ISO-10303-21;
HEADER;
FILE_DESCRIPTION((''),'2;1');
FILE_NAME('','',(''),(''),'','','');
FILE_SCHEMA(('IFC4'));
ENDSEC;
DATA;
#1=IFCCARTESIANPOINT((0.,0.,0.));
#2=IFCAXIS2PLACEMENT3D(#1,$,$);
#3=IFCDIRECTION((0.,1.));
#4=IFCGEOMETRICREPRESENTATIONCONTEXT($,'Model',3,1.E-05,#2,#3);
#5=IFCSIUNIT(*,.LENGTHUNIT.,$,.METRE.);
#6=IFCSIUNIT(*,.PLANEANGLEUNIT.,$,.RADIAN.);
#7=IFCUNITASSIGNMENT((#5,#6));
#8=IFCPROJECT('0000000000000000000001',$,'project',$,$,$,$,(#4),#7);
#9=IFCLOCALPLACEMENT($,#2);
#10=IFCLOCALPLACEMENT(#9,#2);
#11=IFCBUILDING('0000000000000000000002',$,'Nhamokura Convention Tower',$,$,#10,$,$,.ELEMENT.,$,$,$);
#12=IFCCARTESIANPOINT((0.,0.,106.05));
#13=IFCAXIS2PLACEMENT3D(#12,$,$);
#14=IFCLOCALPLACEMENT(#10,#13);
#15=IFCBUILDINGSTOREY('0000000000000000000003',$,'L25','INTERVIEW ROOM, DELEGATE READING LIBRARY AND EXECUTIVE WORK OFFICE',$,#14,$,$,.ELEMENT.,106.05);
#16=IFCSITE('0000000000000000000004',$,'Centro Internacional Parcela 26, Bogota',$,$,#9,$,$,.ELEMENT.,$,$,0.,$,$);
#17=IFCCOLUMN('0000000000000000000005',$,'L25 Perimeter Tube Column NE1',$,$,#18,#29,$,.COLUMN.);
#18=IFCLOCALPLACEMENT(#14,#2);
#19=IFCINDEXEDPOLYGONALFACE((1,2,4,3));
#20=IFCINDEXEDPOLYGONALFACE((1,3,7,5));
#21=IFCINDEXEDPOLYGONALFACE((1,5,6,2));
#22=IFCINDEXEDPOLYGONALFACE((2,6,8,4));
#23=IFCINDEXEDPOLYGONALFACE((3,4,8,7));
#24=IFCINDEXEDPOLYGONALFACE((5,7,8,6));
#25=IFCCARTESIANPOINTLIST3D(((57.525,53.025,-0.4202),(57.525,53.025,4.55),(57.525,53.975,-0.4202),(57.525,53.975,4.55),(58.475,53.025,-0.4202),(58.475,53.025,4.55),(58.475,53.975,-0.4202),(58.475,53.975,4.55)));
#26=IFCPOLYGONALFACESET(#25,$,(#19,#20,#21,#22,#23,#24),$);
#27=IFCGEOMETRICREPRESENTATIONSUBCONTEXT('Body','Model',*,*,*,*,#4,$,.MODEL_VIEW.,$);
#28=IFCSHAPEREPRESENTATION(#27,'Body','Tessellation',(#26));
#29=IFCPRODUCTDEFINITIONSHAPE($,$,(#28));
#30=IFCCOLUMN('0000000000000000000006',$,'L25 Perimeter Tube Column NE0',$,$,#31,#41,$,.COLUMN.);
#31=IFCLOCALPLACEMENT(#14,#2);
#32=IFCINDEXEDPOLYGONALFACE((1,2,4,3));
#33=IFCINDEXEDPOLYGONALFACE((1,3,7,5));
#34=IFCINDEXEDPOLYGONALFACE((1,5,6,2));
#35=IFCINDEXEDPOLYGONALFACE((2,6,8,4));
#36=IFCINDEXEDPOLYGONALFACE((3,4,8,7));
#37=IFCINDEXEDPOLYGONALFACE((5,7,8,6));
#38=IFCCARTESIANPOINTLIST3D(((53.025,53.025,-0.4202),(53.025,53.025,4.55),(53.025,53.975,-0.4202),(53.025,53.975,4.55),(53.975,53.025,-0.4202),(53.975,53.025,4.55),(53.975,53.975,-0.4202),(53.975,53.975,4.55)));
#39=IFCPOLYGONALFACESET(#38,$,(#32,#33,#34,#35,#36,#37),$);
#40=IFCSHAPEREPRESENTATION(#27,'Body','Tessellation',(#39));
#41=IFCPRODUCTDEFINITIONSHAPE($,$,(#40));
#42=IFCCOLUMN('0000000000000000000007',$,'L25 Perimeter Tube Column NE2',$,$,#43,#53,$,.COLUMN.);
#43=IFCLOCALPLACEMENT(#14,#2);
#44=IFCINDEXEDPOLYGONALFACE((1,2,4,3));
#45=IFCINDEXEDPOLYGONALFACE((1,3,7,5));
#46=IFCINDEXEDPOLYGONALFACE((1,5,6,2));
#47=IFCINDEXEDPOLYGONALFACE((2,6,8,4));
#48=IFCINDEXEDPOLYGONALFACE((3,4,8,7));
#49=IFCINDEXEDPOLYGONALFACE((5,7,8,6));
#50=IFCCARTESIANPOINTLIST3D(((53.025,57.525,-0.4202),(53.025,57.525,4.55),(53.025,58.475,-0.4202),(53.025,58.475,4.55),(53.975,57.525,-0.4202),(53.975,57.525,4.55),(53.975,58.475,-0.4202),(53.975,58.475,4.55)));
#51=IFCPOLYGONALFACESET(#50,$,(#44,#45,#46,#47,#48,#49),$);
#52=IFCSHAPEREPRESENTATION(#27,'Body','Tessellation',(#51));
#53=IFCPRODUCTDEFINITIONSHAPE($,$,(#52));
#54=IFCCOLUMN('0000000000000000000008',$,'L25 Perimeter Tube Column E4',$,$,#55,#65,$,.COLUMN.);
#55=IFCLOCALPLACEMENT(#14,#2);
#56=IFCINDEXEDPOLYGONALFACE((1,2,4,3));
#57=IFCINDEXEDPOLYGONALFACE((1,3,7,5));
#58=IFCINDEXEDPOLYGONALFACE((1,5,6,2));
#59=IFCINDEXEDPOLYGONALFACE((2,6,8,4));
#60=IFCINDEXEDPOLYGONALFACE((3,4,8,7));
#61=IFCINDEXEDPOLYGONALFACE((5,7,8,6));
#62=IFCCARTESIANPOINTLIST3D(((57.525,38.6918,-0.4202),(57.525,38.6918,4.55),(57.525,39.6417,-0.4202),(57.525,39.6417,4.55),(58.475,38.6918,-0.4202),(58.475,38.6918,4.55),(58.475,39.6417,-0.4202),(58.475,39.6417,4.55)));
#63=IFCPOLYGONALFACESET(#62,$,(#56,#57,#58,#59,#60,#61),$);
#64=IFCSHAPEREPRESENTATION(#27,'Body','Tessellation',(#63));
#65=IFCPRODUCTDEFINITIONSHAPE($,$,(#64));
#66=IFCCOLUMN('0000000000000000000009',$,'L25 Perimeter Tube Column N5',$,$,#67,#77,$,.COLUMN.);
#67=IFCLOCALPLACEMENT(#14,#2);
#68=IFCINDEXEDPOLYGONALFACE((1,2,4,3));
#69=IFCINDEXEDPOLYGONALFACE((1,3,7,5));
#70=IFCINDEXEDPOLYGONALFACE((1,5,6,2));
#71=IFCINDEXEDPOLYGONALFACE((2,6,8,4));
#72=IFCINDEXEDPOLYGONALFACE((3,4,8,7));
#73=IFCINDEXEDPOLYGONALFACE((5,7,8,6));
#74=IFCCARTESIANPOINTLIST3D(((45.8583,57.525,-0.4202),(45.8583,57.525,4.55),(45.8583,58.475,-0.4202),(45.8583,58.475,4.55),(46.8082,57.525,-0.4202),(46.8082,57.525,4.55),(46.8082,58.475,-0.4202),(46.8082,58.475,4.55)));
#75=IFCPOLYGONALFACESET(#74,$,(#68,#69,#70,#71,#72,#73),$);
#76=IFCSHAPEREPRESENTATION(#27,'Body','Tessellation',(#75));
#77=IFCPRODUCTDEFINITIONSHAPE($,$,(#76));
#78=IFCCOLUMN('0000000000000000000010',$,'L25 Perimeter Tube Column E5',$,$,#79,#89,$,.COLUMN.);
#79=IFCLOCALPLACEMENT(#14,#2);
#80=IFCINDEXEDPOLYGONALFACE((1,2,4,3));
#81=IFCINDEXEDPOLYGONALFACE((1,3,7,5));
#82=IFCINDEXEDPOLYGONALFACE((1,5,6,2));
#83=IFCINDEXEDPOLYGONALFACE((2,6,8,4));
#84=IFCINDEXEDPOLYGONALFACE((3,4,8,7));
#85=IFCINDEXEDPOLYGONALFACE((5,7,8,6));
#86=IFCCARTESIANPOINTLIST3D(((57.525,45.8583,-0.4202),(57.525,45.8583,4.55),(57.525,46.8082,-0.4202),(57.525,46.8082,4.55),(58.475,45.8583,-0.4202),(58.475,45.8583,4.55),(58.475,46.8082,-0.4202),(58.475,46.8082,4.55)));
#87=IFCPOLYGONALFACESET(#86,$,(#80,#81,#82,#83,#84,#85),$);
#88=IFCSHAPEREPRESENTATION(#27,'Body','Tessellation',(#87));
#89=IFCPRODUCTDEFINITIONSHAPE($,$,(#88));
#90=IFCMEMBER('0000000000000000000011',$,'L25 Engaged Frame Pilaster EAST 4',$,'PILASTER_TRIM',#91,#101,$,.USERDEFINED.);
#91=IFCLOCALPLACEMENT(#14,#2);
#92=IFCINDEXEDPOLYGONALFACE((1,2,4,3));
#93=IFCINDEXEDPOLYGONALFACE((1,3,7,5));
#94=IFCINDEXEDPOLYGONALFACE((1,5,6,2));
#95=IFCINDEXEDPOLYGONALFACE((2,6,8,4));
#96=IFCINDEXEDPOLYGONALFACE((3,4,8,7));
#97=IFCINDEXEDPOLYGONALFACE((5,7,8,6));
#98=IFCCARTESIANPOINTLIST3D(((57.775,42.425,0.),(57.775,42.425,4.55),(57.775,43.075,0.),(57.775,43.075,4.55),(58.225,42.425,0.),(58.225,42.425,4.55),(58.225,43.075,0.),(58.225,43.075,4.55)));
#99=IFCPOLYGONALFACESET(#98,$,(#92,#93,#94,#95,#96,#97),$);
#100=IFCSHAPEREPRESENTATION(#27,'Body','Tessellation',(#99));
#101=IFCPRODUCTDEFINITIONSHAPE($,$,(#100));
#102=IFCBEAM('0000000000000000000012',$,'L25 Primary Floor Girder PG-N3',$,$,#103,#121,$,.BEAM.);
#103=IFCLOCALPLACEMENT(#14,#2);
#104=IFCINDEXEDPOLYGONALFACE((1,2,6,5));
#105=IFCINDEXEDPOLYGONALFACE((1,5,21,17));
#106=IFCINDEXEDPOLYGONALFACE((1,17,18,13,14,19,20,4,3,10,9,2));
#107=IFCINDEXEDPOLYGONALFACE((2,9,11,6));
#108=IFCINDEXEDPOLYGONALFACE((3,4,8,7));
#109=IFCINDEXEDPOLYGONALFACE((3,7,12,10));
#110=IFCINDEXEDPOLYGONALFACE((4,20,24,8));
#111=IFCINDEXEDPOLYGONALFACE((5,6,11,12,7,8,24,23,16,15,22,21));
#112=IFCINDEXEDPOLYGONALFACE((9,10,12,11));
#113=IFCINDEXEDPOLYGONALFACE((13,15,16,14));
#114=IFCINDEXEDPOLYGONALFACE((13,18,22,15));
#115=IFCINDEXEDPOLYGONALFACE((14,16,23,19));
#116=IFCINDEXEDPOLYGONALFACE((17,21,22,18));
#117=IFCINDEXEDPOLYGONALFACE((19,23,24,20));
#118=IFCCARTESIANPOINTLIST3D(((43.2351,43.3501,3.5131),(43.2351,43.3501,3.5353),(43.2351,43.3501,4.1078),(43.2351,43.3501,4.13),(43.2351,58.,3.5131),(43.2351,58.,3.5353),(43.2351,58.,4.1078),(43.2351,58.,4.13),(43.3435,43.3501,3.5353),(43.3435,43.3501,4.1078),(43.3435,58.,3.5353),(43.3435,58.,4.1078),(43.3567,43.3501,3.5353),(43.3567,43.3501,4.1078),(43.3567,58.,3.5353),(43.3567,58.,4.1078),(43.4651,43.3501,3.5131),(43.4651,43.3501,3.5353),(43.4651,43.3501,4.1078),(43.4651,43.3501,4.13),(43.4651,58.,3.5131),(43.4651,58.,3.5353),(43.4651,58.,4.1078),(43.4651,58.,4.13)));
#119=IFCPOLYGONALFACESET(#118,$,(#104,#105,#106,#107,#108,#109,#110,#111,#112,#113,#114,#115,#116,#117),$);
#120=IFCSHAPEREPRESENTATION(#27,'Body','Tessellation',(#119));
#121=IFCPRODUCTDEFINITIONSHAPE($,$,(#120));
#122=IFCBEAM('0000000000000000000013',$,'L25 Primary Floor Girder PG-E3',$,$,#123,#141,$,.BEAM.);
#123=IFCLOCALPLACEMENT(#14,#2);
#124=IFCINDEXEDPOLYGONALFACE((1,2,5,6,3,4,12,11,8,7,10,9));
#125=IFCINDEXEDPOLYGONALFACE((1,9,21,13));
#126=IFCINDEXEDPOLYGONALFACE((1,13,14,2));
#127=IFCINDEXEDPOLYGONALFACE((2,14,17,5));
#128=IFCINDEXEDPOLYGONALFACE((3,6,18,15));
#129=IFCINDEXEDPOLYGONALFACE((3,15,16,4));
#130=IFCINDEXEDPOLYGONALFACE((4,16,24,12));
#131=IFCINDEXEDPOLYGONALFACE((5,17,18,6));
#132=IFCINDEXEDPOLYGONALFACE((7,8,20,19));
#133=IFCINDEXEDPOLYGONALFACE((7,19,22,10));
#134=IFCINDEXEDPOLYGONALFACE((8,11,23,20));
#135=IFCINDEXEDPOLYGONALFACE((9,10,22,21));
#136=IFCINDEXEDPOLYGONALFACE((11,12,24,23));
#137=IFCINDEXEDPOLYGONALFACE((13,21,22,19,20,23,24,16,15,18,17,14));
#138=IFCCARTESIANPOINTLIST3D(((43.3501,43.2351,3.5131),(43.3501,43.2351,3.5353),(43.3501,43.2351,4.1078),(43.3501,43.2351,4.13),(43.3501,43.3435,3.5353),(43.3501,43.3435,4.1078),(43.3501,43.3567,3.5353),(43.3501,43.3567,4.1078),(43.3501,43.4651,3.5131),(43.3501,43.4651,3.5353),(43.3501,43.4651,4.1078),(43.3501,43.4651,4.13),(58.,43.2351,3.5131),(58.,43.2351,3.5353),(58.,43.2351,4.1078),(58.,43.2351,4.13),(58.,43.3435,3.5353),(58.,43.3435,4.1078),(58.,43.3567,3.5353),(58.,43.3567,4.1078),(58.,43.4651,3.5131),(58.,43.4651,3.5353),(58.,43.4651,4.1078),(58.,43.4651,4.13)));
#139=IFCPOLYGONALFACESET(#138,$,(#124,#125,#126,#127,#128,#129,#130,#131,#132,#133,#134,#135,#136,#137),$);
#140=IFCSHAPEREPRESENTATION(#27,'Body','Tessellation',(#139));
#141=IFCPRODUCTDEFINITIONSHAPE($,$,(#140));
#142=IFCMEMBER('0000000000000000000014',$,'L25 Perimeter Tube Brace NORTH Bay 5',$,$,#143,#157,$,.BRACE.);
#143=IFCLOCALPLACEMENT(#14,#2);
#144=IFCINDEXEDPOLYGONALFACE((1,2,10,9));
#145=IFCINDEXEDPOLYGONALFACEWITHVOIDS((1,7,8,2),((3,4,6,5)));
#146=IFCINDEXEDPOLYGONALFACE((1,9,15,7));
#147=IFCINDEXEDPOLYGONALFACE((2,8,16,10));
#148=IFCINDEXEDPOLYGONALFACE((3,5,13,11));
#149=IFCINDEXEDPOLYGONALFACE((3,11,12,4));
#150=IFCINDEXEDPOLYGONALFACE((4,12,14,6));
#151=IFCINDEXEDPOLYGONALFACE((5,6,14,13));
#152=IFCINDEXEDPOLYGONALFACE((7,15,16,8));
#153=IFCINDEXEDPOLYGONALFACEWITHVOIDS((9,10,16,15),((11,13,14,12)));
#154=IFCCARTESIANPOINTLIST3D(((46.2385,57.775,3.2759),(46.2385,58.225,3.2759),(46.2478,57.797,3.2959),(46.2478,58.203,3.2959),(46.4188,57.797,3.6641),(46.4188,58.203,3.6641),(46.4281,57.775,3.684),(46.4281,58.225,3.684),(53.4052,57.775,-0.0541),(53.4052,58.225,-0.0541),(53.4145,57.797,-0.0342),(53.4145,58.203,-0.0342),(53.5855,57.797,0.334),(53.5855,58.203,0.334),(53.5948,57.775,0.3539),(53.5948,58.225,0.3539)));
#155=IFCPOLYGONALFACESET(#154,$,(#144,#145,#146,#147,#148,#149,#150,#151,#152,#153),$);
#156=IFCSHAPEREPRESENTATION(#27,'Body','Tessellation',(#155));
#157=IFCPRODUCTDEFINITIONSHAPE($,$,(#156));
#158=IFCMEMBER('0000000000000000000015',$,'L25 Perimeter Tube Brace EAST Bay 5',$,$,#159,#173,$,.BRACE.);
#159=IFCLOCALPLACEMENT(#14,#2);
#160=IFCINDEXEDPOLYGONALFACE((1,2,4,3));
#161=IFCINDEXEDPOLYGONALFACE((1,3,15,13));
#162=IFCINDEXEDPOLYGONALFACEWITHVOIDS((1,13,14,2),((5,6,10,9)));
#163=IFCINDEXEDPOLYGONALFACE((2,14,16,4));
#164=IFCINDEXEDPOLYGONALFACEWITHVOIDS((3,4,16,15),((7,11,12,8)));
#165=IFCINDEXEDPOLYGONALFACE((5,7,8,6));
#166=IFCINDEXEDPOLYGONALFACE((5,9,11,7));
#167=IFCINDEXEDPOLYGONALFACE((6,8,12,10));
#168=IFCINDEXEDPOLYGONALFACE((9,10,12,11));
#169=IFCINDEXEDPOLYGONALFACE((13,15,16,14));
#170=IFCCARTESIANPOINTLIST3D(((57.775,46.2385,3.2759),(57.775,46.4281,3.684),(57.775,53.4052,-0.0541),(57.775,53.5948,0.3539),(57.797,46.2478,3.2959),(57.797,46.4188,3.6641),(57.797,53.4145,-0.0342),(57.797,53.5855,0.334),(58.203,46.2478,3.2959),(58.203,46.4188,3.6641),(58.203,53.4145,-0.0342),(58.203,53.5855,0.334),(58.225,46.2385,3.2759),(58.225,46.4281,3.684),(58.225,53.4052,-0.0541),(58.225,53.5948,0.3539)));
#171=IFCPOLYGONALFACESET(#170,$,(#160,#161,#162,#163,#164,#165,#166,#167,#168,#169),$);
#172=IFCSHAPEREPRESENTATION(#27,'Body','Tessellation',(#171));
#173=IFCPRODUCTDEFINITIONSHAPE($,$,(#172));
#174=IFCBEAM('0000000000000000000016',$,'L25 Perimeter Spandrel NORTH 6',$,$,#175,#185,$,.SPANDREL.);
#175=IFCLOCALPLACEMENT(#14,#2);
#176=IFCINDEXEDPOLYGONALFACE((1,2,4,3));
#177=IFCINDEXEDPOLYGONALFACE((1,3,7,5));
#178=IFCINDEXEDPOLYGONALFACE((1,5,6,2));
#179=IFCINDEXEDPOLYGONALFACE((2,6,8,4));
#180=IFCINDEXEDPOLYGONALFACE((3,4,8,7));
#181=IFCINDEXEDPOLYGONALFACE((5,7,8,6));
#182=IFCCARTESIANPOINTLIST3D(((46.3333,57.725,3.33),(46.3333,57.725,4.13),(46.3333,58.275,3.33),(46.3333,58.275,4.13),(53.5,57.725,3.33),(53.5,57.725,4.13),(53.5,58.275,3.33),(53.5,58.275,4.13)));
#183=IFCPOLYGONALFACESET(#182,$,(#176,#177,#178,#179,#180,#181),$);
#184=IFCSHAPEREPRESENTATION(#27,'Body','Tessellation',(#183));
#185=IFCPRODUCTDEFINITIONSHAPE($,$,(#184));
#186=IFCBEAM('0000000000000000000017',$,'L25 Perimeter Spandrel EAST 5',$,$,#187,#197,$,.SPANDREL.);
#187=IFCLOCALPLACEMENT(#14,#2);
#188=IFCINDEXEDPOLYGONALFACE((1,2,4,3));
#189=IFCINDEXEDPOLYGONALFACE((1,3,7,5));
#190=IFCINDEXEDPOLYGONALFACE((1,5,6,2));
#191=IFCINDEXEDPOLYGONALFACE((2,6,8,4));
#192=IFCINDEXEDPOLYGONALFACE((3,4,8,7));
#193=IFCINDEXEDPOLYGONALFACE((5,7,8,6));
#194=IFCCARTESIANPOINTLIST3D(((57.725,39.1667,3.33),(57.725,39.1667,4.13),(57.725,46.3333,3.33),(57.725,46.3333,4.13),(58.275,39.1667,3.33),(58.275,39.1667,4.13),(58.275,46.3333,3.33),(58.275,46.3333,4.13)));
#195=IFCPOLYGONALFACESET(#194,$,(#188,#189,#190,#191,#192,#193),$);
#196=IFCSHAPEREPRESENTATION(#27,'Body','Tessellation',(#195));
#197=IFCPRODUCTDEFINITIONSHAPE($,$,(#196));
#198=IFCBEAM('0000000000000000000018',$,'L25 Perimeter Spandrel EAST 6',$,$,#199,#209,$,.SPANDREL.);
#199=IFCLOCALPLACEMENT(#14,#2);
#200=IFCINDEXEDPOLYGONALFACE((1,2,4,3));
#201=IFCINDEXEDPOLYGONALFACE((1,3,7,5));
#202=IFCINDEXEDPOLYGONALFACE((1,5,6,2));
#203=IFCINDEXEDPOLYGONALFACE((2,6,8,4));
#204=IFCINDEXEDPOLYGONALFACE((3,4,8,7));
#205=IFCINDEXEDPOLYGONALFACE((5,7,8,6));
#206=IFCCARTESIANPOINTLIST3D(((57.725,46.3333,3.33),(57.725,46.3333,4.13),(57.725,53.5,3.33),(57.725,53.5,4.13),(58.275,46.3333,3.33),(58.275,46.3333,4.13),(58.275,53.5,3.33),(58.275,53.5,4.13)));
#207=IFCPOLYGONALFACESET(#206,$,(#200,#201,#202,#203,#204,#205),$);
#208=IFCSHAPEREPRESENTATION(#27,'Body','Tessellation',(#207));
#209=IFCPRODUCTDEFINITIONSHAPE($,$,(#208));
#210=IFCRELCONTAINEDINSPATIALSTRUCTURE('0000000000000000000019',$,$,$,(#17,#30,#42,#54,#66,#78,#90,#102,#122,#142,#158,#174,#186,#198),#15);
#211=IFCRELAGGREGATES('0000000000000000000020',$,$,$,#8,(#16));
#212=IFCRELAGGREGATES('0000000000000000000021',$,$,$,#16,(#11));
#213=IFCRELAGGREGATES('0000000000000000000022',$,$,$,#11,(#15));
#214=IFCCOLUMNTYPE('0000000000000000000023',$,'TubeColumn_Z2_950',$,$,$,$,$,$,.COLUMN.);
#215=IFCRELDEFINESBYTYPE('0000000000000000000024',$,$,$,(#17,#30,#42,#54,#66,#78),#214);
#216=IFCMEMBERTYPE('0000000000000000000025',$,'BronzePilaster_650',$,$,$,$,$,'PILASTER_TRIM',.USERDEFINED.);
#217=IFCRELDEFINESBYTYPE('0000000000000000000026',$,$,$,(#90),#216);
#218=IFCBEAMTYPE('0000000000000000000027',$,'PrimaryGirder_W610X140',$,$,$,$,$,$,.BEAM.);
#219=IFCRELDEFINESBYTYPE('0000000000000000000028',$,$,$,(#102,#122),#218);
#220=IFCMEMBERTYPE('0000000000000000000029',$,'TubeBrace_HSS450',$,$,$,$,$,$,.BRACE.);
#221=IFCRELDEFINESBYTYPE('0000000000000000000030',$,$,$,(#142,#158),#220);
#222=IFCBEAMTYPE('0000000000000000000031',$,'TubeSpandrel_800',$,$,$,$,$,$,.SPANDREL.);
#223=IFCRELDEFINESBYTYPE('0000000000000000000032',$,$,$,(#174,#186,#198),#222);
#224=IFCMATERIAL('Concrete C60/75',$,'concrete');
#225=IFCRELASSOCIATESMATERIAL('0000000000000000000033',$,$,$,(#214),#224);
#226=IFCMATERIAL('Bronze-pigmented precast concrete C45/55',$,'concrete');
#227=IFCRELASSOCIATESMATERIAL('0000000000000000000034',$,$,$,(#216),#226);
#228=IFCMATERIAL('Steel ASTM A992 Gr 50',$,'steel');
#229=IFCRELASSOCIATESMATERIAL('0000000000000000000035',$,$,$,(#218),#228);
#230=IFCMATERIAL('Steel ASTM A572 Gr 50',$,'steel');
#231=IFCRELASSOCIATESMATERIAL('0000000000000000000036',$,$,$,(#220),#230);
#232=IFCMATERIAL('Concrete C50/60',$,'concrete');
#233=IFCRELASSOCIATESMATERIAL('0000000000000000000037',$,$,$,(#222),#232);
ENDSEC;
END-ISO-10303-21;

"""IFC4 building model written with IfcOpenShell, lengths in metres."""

from ifc_helpers import new_model, si_unit, direction, frame, origin, origin_2d, place, context, subcontext, project, spatial, rectangle, hollow_rectangle, i_section, extrude, material, material_profile, profile_set, type_object, element, save


model = new_model("IFC4")

# Units and contexts
model_context = context("Model", 3, precision=1e-05, world=origin(), true_north=direction((0.0, 1.0)))
body_context = subcontext(model_context, "Body", "Model", "MODEL_VIEW")
ifc_project = project(units=[si_unit("LENGTHUNIT", "METRE"), si_unit("PLANEANGLEUNIT", "RADIAN")], contexts=[model_context])

# Site, building, storey
site_placement = place(None, origin())
site = spatial("IfcSite", under=ifc_project, at=site_placement, Name="Centro Internacional Parcela 26, Bogota", CompositionType="ELEMENT", RefElevation=0.0)
building_placement = place(site_placement, origin())
building = spatial("IfcBuilding", under=site, at=building_placement, Name="Nhamokura Convention Tower", CompositionType="ELEMENT")
storey_placement = place(building_placement, frame((0.0, 0.0, 106.05)))
storey = spatial("IfcBuildingStorey", under=building, at=storey_placement, Name="L25", Description="INTERVIEW ROOM, DELEGATE READING LIBRARY AND EXECUTIVE WORK OFFICE", CompositionType="ELEMENT", Elevation=106.05)

# Columns
ifc_material_1 = material(Name="Concrete C60/75", Category="concrete")
ifc_material_profile_1 = material_profile(ifc_material_1, rectangle(XDim=0.95, YDim=0.95, at=origin_2d()))
ifc_profile_set_1 = profile_set([ifc_material_profile_1], Name="Concrete C60/75")
column_type = type_object("IfcColumnType", Name="TubeColumn_Z2_950", PredefinedType="COLUMN", material=ifc_profile_set_1)
for number, where, z_axis, x_axis, name in (
    (1, (58.0, 53.5, -0.4202), (0.0, 0.0, 1.0), (1.0, 0.0, 0.0), "L25 Perimeter Tube Column NE1"),
    (2, (53.5, 53.5, -0.4202), (0.0, 0.0, 1.0), (1.0, 0.0, 0.0), "L25 Perimeter Tube Column NE0"),
    (3, (53.5, 58.0, -0.4202), (0.0, 0.0, 1.0), (1.0, 0.0, 0.0), "L25 Perimeter Tube Column NE2"),
    (4, (58.0, 39.1667, -0.4202), (0.0, 0.0, 1.0), (1.0, 0.0, 0.0), "L25 Perimeter Tube Column E4"),
    (5, (46.3333, 58.0, -0.4202), (0.0, 0.0, 1.0), (1.0, 0.0, 0.0), "L25 Perimeter Tube Column N5"),
    (6, (58.0, 46.3333, -0.4202), (0.0, 0.0, 1.0), (1.0, 0.0, 0.0), "L25 Perimeter Tube Column E5"),
):
    element("IfcColumn", number, at=place(storey_placement, frame(where, z_axis=z_axis, x_axis=x_axis)), inside=storey, type_object=column_type, Name=name, PredefinedType="COLUMN", context=body_context, shape_type="SweptSolid", body=[
        extrude(rectangle(XDim=0.95, YDim=0.95, at=origin_2d()), origin(), (0.0, 0.0, 1.0), 4.9702),
    ])

# Member
ifc_material_2 = material(Name="Bronze-pigmented precast concrete C45/55", Category="concrete")
ifc_material_profile_2 = material_profile(ifc_material_2, rectangle(XDim=0.45, YDim=0.6499, at=origin_2d()))
ifc_profile_set_2 = profile_set([ifc_material_profile_2], Name="Bronze-pigmented precast concrete C45/55")
member_type_1 = type_object("IfcMemberType", Name="BronzePilaster_650", ElementType="PILASTER_TRIM", PredefinedType="USERDEFINED", material=ifc_profile_set_2)
member_placement = place(storey_placement, frame((58.0, 42.75, 0.0), z_axis=(0.0, 0.0, 1.0), x_axis=(1.0, 0.0, 0.0)))
element("IfcMember", 7, at=member_placement, inside=storey, type_object=member_type_1, Name="L25 Engaged Frame Pilaster EAST 4", ObjectType="PILASTER_TRIM", PredefinedType="USERDEFINED", context=body_context, shape_type="SweptSolid", body=[
    extrude(rectangle(XDim=0.45, YDim=0.6499, at=origin_2d()), origin(), (0.0, 0.0, 1.0), 4.55),
])

# Beams
ifc_material_3 = material(Name="Steel ASTM A992 Gr 50", Category="steel")
ifc_material_profile_3 = material_profile(ifc_material_3, i_section(OverallWidth=0.23, OverallDepth=0.6169, WebThickness=0.0132, FlangeThickness=0.0222, at=origin_2d()))
ifc_profile_set_3 = profile_set([ifc_material_profile_3], Name="Steel ASTM A992 Gr 50")
beam_type_1 = type_object("IfcBeamType", Name="PrimaryGirder_W610X140", PredefinedType="BEAM", material=ifc_profile_set_3)
for number, where, z_axis, x_axis, name in (
    (8, (43.3501, 43.3501, 3.8215), (0.0, 1.0, 0.0), (-1.0, 0.0, 0.0), "L25 Primary Floor Girder PG-N3"),
    (9, (43.3501, 43.3501, 3.8215), (1.0, 0.0, 0.0), (0.0, 1.0, 0.0), "L25 Primary Floor Girder PG-E3"),
):
    element("IfcBeam", number, at=place(storey_placement, frame(where, z_axis=z_axis, x_axis=x_axis)), inside=storey, type_object=beam_type_1, Name=name, PredefinedType="BEAM", context=body_context, shape_type="SweptSolid", body=[
        extrude(i_section(OverallWidth=0.23, OverallDepth=0.6169, WebThickness=0.0132, FlangeThickness=0.0222, at=origin_2d()), origin(), (0.0, 0.0, 1.0), 14.6499),
    ])

# Members
ifc_material_4 = material(Name="Steel ASTM A572 Gr 50", Category="steel")
ifc_material_profile_4 = material_profile(ifc_material_4, hollow_rectangle(XDim=0.45, YDim=0.45, WallThickness=0.022, at=origin_2d()))
ifc_profile_set_4 = profile_set([ifc_material_profile_4], Name="Steel ASTM A572 Gr 50")
member_type_2 = type_object("IfcMemberType", Name="TubeBrace_HSS450", PredefinedType="BRACE", material=ifc_profile_set_4)
for number, where, z_axis, x_axis, name in (
    (10, (53.5, 58.0, 0.1499), (-0.90688, 0.0, 0.421388), (0.0, -1.0, 0.0), "L25 Perimeter Tube Brace NORTH Bay 5"),
    (11, (58.0, 53.5, 0.1499), (0.0, -0.90688, 0.421388), (1.0, 0.0, 0.0), "L25 Perimeter Tube Brace EAST Bay 5"),
):
    element("IfcMember", number, at=place(storey_placement, frame(where, z_axis=z_axis, x_axis=x_axis)), inside=storey, type_object=member_type_2, Name=name, PredefinedType="BRACE", context=body_context, shape_type="SweptSolid", body=[
        extrude(hollow_rectangle(XDim=0.45, YDim=0.45, WallThickness=0.022, at=origin_2d()), origin(), (0.0, 0.0, 1.0), 7.9026),
    ])

# Beams
ifc_material_5 = material(Name="Concrete C50/60", Category="concrete")
ifc_material_profile_5 = material_profile(ifc_material_5, rectangle(XDim=0.55, YDim=0.8, at=origin_2d()))
ifc_profile_set_5 = profile_set([ifc_material_profile_5], Name="Concrete C50/60")
beam_type_2 = type_object("IfcBeamType", Name="TubeSpandrel_800", PredefinedType="SPANDREL", material=ifc_profile_set_5)
beam_1_placement = place(storey_placement, frame((46.3333, 58.0, 3.73), z_axis=(1.0, 0.0, 0.0), x_axis=(0.0, 1.0, 0.0)))
element("IfcBeam", 12, at=beam_1_placement, inside=storey, type_object=beam_type_2, Name="L25 Perimeter Spandrel NORTH 6", PredefinedType="SPANDREL", context=body_context, shape_type="SweptSolid", body=[
    extrude(rectangle(XDim=0.55, YDim=0.8, at=origin_2d()), origin(), (0.0, 0.0, 1.0), 7.1667),
])
beam_2_placement = place(storey_placement, frame((58.0, 39.1667, 3.73), z_axis=(0.0, 1.0, 0.0), x_axis=(-1.0, 0.0, 0.0)))
element("IfcBeam", 13, at=beam_2_placement, inside=storey, type_object=beam_type_2, Name="L25 Perimeter Spandrel EAST 5", PredefinedType="SPANDREL", context=body_context, shape_type="SweptSolid", body=[
    extrude(rectangle(XDim=0.55, YDim=0.8, at=origin_2d()), origin(), (0.0, 0.0, 1.0), 7.1665),
])
beam_3_placement = place(storey_placement, frame((58.0, 46.3333, 3.73), z_axis=(0.0, 1.0, 0.0), x_axis=(-1.0, 0.0, 0.0)))
element("IfcBeam", 14, at=beam_3_placement, inside=storey, type_object=beam_type_2, Name="L25 Perimeter Spandrel EAST 6", PredefinedType="SPANDREL", context=body_context, shape_type="SweptSolid", body=[
    extrude(rectangle(XDim=0.55, YDim=0.8, at=origin_2d()), origin(), (0.0, 0.0, 1.0), 7.1667),
])

save(model, "model.ifc")
